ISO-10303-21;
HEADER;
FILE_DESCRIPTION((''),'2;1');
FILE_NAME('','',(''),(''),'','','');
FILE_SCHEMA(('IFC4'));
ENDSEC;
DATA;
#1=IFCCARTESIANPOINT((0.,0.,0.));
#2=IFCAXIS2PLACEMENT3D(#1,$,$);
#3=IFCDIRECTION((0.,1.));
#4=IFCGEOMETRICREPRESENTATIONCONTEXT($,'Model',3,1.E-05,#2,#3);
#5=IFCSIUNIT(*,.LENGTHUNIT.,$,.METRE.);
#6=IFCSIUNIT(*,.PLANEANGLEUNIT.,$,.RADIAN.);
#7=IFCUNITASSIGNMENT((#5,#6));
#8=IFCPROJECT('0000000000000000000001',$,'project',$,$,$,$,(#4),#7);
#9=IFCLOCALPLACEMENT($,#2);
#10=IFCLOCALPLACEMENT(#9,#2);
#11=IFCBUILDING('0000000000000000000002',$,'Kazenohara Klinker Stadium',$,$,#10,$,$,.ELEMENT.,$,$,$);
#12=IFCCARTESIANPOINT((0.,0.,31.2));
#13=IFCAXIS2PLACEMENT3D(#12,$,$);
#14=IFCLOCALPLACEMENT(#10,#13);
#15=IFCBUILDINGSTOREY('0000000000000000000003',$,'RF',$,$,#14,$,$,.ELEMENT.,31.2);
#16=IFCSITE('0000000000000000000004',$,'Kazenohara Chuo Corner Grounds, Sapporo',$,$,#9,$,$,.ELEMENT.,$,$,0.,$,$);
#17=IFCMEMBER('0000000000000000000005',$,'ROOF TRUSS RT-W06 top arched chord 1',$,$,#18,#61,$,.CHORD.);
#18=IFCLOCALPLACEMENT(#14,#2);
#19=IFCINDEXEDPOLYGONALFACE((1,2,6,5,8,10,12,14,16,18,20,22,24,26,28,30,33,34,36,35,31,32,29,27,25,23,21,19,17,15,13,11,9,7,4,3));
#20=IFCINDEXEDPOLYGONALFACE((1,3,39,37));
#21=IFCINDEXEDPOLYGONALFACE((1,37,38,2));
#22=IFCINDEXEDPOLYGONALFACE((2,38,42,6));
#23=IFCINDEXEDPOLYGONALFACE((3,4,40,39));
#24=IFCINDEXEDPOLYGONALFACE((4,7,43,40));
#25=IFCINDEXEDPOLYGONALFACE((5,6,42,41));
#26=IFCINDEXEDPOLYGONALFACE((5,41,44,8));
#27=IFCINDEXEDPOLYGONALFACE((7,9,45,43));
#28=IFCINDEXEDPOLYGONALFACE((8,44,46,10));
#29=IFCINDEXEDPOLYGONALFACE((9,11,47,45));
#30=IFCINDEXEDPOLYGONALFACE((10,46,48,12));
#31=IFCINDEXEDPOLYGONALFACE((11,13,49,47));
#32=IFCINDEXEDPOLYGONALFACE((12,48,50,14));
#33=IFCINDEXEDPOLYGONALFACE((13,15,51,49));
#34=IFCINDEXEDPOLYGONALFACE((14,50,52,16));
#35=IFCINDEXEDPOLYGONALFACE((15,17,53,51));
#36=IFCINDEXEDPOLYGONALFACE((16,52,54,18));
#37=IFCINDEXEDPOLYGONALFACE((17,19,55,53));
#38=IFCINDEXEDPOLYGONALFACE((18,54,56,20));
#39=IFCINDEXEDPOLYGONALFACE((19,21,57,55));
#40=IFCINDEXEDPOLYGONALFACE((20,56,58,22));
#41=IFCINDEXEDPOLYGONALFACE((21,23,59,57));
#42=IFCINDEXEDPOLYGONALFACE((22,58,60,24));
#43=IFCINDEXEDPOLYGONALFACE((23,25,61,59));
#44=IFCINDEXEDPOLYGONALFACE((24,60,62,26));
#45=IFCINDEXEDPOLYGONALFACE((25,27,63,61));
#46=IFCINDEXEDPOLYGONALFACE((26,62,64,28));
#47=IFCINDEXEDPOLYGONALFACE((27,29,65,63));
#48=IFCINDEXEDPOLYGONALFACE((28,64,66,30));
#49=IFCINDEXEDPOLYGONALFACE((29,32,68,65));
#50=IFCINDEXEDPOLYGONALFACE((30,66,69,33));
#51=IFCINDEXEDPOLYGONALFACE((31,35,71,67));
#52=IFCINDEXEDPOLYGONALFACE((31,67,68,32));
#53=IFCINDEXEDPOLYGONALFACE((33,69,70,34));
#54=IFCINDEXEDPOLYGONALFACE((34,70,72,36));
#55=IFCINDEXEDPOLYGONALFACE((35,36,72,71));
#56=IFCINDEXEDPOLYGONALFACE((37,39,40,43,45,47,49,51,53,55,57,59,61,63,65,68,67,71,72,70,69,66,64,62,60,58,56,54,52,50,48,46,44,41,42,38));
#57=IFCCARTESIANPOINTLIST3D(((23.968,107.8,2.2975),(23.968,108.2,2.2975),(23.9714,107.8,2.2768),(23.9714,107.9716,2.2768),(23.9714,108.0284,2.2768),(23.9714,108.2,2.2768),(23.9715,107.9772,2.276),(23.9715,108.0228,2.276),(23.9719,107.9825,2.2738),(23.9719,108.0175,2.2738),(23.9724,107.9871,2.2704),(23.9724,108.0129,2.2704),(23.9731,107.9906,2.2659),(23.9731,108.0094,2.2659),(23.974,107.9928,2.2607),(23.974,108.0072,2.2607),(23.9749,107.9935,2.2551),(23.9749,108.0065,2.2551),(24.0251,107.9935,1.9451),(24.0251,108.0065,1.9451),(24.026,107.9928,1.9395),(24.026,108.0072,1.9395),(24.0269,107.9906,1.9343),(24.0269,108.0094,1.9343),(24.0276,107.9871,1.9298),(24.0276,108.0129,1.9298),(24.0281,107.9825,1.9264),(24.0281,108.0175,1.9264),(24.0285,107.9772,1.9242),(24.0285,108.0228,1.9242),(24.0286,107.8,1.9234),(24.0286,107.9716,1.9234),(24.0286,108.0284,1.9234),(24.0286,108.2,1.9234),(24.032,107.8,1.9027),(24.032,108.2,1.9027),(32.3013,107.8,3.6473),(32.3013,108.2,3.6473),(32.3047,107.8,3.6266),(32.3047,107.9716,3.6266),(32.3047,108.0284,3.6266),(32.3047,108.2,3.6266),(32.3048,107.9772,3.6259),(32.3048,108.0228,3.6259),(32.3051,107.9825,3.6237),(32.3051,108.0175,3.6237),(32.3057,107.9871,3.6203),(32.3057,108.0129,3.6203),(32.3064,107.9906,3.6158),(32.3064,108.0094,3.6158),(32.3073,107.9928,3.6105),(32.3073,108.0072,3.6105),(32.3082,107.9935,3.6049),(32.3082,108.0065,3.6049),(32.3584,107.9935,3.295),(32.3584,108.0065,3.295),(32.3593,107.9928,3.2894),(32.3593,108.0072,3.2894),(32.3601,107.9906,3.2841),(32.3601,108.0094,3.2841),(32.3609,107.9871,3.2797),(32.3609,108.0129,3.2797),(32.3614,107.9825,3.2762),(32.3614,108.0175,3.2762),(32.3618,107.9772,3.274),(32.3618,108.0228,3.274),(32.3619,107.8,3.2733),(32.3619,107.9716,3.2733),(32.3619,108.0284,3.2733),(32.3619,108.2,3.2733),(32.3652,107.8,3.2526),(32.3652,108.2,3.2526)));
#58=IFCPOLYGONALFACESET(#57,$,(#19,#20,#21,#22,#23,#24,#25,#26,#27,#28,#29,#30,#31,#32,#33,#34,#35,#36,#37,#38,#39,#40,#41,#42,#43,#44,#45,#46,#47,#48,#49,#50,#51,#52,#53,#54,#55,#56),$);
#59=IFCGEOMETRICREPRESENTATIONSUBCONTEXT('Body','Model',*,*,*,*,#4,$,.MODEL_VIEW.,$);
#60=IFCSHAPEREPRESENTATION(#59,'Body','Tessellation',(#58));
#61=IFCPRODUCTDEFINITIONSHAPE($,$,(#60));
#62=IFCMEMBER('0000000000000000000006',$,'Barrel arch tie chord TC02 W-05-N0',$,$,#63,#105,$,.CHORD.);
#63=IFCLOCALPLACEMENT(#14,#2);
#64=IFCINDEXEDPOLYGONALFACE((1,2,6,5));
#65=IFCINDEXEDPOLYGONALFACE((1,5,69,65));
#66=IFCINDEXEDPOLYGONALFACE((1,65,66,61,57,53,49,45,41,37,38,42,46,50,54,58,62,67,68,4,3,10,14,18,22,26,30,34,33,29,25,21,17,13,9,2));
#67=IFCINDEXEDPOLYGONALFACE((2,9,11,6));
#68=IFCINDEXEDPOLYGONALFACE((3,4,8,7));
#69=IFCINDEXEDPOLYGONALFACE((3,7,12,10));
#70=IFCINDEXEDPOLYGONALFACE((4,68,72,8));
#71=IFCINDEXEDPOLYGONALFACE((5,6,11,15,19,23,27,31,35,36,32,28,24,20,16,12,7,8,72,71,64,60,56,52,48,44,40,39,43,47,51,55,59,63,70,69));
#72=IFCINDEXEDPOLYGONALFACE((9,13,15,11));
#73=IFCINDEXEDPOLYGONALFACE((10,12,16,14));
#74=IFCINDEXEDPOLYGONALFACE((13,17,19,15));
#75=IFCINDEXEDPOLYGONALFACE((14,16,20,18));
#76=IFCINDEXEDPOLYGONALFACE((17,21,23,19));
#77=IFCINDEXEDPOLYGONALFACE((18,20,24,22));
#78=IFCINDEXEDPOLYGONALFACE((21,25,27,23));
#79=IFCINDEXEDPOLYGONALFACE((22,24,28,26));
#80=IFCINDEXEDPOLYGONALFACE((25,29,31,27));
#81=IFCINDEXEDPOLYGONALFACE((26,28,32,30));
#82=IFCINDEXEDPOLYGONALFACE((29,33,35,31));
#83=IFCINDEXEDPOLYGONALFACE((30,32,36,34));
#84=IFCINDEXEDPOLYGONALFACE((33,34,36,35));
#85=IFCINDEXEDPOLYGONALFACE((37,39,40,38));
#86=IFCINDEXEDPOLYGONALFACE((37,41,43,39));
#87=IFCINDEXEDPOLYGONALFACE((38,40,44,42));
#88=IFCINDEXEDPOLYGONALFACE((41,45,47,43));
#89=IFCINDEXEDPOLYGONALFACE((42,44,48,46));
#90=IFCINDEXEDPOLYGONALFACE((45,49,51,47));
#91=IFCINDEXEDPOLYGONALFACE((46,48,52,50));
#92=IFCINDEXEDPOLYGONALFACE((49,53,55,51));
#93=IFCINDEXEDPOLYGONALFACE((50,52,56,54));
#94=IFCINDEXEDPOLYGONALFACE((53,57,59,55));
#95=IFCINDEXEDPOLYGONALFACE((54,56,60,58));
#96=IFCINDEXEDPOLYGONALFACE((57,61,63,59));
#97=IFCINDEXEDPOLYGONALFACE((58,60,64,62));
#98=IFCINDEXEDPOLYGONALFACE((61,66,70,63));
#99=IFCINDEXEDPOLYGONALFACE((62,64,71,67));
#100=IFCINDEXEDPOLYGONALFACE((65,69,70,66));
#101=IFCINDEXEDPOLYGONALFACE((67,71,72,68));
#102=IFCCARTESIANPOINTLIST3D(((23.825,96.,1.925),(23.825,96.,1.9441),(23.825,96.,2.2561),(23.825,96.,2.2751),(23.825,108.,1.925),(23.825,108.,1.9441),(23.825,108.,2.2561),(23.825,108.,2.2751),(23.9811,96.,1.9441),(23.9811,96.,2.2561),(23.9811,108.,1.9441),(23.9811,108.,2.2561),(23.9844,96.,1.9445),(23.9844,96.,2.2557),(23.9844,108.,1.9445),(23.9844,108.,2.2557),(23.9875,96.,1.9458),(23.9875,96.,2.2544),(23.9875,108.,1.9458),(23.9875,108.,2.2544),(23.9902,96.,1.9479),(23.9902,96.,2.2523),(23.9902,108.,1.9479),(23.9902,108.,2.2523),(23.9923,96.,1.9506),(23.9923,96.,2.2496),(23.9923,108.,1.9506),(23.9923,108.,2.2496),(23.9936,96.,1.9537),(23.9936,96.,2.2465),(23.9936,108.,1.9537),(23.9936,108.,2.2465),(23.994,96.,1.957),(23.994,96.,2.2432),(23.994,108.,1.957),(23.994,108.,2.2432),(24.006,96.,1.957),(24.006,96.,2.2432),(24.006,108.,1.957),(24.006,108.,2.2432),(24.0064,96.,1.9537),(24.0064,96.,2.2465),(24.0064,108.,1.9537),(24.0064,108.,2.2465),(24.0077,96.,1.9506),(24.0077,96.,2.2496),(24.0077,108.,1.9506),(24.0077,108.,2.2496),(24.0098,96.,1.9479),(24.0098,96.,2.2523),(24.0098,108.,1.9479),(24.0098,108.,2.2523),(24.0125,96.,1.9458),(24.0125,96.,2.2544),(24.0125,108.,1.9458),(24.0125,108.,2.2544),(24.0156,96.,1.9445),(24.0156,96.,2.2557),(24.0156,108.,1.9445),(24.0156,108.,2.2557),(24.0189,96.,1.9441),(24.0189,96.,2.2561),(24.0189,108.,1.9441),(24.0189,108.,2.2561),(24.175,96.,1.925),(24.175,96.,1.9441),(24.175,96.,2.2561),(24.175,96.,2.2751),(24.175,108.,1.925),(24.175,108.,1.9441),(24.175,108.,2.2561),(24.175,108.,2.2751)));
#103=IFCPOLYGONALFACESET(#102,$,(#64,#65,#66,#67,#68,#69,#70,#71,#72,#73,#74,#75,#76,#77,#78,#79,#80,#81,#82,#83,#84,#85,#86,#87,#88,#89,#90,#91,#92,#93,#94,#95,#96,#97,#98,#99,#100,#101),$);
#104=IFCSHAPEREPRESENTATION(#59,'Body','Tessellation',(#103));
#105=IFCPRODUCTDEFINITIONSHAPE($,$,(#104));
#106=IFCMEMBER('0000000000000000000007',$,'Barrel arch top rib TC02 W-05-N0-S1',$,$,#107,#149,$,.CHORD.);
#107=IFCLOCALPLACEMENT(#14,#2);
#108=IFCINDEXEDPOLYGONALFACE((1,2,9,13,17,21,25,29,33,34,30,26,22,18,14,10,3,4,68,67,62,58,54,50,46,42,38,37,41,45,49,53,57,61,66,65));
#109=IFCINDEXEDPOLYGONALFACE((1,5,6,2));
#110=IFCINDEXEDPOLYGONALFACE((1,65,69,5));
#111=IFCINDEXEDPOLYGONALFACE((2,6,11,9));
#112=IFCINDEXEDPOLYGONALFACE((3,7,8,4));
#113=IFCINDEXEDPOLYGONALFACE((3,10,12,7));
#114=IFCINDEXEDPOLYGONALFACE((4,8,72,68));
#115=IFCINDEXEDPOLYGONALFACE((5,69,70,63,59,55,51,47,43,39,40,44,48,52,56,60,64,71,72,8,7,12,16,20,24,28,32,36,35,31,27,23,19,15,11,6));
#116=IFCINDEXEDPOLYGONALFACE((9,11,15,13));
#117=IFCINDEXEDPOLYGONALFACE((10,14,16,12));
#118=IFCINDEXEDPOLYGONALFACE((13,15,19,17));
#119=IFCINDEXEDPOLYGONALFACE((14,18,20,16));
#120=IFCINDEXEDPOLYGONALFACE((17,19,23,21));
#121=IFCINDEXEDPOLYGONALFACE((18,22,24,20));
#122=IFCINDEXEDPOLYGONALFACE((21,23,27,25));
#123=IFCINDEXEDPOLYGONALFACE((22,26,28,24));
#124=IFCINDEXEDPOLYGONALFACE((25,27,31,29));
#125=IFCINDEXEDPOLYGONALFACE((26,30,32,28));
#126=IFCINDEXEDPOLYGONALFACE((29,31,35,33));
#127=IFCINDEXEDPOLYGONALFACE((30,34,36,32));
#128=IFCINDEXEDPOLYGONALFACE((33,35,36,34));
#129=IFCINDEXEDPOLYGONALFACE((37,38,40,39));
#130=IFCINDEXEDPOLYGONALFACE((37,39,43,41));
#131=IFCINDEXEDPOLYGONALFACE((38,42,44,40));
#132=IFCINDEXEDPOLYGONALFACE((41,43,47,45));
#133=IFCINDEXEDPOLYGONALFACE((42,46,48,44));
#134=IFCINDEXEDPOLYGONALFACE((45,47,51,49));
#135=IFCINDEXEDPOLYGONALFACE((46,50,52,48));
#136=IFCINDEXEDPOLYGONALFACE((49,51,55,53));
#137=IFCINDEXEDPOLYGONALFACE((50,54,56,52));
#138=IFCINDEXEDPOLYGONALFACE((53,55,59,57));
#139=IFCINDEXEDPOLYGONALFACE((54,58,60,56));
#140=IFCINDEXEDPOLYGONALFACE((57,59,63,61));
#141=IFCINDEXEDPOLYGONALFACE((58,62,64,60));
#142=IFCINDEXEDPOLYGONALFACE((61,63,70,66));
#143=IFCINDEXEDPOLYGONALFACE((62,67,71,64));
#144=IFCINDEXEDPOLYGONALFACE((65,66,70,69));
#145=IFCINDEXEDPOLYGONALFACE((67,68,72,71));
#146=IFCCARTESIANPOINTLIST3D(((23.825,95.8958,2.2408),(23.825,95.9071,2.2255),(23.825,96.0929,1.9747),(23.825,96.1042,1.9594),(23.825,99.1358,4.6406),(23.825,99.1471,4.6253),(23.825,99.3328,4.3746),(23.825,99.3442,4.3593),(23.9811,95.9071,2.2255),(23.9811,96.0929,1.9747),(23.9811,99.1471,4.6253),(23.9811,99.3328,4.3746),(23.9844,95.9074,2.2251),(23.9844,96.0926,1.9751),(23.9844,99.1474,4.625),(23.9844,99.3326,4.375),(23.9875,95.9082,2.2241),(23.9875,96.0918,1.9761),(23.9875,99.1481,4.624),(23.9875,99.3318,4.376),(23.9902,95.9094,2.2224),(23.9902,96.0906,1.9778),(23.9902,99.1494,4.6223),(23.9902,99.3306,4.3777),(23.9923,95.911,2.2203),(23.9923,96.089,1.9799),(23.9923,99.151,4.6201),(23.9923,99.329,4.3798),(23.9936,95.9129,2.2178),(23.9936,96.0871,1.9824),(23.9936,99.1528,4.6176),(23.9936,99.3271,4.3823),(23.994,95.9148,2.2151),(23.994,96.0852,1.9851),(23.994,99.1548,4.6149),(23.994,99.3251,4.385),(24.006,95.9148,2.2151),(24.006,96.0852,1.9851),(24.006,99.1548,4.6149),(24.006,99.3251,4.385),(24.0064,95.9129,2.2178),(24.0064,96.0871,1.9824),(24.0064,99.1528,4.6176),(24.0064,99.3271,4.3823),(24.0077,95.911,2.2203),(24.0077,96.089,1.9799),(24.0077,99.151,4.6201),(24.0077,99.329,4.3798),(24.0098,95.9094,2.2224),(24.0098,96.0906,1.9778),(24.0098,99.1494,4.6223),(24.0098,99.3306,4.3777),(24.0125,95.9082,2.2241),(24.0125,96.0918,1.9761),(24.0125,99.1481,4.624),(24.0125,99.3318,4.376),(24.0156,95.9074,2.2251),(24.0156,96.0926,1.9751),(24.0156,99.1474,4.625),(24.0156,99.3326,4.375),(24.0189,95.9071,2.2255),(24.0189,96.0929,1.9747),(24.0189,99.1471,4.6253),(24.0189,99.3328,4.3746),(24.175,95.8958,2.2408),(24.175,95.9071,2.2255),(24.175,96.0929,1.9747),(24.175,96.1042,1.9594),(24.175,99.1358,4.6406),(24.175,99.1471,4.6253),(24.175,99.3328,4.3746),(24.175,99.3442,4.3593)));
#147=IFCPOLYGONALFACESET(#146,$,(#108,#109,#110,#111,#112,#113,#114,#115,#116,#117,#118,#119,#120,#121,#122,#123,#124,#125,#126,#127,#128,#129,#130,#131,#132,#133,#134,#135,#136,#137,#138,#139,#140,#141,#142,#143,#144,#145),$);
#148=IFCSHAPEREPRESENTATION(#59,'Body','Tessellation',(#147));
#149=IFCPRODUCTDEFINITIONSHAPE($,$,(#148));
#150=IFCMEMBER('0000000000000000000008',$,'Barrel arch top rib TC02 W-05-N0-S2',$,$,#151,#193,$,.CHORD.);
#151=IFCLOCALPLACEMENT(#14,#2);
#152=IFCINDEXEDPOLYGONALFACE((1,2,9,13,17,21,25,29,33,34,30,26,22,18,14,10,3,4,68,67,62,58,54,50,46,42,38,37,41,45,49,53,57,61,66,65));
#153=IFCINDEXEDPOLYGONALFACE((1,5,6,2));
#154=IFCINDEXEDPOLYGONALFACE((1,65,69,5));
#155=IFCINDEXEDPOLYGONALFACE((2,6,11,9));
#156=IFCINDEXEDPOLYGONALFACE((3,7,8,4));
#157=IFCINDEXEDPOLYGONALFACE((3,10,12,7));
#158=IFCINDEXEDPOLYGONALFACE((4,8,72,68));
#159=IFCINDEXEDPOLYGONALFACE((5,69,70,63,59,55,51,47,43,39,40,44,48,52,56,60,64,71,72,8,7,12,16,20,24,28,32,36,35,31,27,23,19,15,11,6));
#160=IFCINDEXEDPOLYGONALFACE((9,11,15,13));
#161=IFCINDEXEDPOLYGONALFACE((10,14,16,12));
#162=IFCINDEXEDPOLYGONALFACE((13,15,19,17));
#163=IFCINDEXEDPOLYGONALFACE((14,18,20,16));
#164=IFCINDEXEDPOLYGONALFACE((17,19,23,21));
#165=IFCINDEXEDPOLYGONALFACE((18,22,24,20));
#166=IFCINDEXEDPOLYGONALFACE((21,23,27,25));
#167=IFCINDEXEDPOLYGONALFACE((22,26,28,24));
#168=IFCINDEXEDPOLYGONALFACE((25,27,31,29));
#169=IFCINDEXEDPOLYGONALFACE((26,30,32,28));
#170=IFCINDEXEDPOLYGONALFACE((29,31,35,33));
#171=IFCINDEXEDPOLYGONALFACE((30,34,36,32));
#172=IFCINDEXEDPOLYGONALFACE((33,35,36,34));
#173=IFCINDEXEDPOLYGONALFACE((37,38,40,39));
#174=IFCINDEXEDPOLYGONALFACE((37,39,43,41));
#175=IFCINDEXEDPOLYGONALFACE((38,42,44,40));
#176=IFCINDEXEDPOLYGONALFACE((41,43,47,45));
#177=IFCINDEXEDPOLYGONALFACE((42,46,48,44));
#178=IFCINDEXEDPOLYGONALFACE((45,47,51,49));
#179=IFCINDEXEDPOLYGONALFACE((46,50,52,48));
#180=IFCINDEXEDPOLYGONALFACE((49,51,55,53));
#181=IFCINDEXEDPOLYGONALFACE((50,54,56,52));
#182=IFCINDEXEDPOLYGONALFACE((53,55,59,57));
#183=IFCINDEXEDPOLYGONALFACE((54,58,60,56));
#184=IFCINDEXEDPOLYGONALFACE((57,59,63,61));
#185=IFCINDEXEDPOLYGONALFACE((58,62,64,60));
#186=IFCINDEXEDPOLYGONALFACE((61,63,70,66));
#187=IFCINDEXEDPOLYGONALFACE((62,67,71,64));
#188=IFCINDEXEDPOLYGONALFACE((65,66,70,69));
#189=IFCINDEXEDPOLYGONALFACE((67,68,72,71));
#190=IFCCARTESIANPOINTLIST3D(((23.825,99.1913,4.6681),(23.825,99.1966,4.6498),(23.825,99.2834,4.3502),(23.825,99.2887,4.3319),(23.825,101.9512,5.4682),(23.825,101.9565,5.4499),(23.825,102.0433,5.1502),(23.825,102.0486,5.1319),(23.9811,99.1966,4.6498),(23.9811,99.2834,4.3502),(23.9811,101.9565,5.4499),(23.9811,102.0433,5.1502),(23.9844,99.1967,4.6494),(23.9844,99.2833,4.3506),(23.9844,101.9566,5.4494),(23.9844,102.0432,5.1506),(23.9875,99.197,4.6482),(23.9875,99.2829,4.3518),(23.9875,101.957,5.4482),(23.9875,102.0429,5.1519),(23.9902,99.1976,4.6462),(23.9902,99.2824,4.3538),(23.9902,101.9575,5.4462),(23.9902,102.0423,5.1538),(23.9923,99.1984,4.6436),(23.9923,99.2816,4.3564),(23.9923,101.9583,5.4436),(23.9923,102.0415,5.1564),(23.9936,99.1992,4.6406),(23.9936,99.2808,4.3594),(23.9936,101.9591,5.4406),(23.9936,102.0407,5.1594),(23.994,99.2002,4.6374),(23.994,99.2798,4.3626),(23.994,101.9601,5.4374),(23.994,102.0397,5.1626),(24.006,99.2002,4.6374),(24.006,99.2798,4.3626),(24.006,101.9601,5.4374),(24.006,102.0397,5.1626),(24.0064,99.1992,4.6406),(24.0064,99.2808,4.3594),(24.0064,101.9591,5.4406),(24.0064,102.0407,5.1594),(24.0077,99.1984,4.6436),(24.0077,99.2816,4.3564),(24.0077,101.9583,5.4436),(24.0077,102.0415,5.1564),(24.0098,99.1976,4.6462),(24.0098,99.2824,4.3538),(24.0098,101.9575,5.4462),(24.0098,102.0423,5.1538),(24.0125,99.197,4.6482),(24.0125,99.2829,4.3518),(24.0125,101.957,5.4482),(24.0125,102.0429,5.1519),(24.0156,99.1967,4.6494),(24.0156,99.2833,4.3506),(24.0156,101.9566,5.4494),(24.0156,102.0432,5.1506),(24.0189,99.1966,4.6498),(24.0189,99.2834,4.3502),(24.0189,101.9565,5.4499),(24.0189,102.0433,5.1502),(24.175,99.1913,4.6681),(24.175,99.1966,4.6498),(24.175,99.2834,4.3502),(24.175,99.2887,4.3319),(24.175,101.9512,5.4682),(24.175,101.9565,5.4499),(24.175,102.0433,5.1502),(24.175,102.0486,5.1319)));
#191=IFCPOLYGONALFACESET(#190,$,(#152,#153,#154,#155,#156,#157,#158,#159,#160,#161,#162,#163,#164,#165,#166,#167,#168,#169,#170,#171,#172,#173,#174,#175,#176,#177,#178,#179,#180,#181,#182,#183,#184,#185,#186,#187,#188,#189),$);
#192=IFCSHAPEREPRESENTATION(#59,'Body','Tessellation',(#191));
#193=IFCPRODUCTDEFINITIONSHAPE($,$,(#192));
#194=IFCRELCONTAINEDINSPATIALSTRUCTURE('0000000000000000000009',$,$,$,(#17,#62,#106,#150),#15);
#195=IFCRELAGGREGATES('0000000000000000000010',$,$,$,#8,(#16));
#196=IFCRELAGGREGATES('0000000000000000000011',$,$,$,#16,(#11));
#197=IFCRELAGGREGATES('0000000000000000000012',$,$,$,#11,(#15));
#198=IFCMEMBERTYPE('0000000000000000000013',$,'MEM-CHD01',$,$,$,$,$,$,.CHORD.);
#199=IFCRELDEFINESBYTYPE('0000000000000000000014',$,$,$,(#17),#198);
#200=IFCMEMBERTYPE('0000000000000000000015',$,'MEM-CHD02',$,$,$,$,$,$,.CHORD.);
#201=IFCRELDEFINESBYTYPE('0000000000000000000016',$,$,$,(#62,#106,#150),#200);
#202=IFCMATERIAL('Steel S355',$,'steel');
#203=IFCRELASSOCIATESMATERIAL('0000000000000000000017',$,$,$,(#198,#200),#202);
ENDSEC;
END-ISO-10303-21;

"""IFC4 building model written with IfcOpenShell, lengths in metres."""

from ifc_helpers import new_model, si_unit, direction, frame, origin, origin_2d, place, context, subcontext, project, spatial, i_section, extrude, material, material_profile, profile_set, type_object, element, save


model = new_model("IFC4")

# Units and contexts
model_context = context("Model", 3, precision=1e-05, world=origin(), true_north=direction((0.0, 1.0)))
body_context = subcontext(model_context, "Body", "Model", "MODEL_VIEW")
ifc_project = project(units=[si_unit("LENGTHUNIT", "METRE"), si_unit("PLANEANGLEUNIT", "RADIAN")], contexts=[model_context])

# Site, building, storey
site_placement = place(None, origin())
site = spatial("IfcSite", under=ifc_project, at=site_placement, Name="Kazenohara Chuo Corner Grounds, Sapporo", CompositionType="ELEMENT", RefElevation=0.0)
building_placement = place(site_placement, origin())
building = spatial("IfcBuilding", under=site, at=building_placement, Name="Kazenohara Klinker Stadium", CompositionType="ELEMENT")
storey_placement = place(building_placement, frame((0.0, 0.0, 31.2)))
storey = spatial("IfcBuildingStorey", under=building, at=storey_placement, Name="RF", CompositionType="ELEMENT", Elevation=31.2)

# Members
ifc_material_1 = material(Name="Steel S355", Category="steel")
ifc_material_profile_1 = material_profile(ifc_material_1, i_section(OverallWidth=0.3999, OverallDepth=0.3999, WebThickness=0.0129, FlangeThickness=0.021, FilletRadius=0.022, at=origin_2d()), Name="H-400x400x13x21")
ifc_profile_set_1 = profile_set([ifc_material_profile_1], Name="Steel S355")
member_type_1 = type_object("IfcMemberType", Name="MEM-CHD01", PredefinedType="CHORD", material=ifc_profile_set_1)
member_1_placement = place(storey_placement, frame((24.0, 108.0, 2.1001), z_axis=(0.987133, 0.0, 0.1599), x_axis=(0.0, 1.0, 0.0)))
element("IfcMember", 1, at=member_1_placement, inside=storey, type_object=member_type_1, Name="ROOF TRUSS RT-W06 top arched chord 1", PredefinedType="CHORD", context=body_context, shape_type="SweptSolid", body=[
    extrude(i_section(OverallWidth=0.3999, OverallDepth=0.3999, WebThickness=0.0129, FlangeThickness=0.021, FilletRadius=0.022, at=origin_2d()), origin(), (0.0, 0.0, 1.0), 8.4419),
])
ifc_material_profile_2 = material_profile(ifc_material_1, i_section(OverallWidth=0.3501, OverallDepth=0.3501, WebThickness=0.012, FlangeThickness=0.019, FilletRadius=0.0129, at=origin_2d()), Name="H-350x350x12x19")
ifc_profile_set_2 = profile_set([ifc_material_profile_2], Name="Steel S355")
member_type_2 = type_object("IfcMemberType", Name="MEM-CHD02", PredefinedType="CHORD", material=ifc_profile_set_2)
member_2_placement = place(storey_placement, frame((24.0, 96.0, 2.1001), z_axis=(0.0, 1.0, 0.0), x_axis=(-1.0, 0.0, 0.0)))
element("IfcMember", 2, at=member_2_placement, inside=storey, type_object=member_type_2, Name="Barrel arch tie chord TC02 W-05-N0", PredefinedType="CHORD", context=body_context, shape_type="SweptSolid", body=[
    extrude(i_section(OverallWidth=0.3501, OverallDepth=0.3501, WebThickness=0.012, FlangeThickness=0.019, FilletRadius=0.0129, at=origin_2d()), origin(), (0.0, 0.0, 1.0), 12.0),
])
member_3_placement = place(storey_placement, frame((24.0, 96.0, 2.1001), z_axis=(0.0, 0.803568, 0.595213), x_axis=(-1.0, 0.0, 0.0)))
element("IfcMember", 3, at=member_3_placement, inside=storey, type_object=member_type_2, Name="Barrel arch top rib TC02 W-05-N0-S1", PredefinedType="CHORD", context=body_context, shape_type="SweptSolid", body=[
    extrude(i_section(OverallWidth=0.3501, OverallDepth=0.3501, WebThickness=0.012, FlangeThickness=0.019, FilletRadius=0.0129, at=origin_2d()), origin(), (0.0, 0.0, 1.0), 4.032),
])
for number, where, z_axis, x_axis, name in (
    (4, (24.0, 99.24, 4.5), (0.0, 0.960462, 0.278411), (-1.0, 0.0, 0.0), "Barrel arch top rib TC02 W-05-N0-S2"),
):
    element("IfcMember", number, at=place(storey_placement, frame(where, z_axis=z_axis, x_axis=x_axis)), inside=storey, type_object=member_type_2, Name=name, PredefinedType="CHORD", context=body_context, shape_type="SweptSolid", body=[
        extrude(i_section(OverallWidth=0.3501, OverallDepth=0.3501, WebThickness=0.012, FlangeThickness=0.019, FilletRadius=0.0129, at=origin_2d()), origin(), (0.0, 0.0, 1.0), 2.8735),
    ])

save(model, "model.ifc")
